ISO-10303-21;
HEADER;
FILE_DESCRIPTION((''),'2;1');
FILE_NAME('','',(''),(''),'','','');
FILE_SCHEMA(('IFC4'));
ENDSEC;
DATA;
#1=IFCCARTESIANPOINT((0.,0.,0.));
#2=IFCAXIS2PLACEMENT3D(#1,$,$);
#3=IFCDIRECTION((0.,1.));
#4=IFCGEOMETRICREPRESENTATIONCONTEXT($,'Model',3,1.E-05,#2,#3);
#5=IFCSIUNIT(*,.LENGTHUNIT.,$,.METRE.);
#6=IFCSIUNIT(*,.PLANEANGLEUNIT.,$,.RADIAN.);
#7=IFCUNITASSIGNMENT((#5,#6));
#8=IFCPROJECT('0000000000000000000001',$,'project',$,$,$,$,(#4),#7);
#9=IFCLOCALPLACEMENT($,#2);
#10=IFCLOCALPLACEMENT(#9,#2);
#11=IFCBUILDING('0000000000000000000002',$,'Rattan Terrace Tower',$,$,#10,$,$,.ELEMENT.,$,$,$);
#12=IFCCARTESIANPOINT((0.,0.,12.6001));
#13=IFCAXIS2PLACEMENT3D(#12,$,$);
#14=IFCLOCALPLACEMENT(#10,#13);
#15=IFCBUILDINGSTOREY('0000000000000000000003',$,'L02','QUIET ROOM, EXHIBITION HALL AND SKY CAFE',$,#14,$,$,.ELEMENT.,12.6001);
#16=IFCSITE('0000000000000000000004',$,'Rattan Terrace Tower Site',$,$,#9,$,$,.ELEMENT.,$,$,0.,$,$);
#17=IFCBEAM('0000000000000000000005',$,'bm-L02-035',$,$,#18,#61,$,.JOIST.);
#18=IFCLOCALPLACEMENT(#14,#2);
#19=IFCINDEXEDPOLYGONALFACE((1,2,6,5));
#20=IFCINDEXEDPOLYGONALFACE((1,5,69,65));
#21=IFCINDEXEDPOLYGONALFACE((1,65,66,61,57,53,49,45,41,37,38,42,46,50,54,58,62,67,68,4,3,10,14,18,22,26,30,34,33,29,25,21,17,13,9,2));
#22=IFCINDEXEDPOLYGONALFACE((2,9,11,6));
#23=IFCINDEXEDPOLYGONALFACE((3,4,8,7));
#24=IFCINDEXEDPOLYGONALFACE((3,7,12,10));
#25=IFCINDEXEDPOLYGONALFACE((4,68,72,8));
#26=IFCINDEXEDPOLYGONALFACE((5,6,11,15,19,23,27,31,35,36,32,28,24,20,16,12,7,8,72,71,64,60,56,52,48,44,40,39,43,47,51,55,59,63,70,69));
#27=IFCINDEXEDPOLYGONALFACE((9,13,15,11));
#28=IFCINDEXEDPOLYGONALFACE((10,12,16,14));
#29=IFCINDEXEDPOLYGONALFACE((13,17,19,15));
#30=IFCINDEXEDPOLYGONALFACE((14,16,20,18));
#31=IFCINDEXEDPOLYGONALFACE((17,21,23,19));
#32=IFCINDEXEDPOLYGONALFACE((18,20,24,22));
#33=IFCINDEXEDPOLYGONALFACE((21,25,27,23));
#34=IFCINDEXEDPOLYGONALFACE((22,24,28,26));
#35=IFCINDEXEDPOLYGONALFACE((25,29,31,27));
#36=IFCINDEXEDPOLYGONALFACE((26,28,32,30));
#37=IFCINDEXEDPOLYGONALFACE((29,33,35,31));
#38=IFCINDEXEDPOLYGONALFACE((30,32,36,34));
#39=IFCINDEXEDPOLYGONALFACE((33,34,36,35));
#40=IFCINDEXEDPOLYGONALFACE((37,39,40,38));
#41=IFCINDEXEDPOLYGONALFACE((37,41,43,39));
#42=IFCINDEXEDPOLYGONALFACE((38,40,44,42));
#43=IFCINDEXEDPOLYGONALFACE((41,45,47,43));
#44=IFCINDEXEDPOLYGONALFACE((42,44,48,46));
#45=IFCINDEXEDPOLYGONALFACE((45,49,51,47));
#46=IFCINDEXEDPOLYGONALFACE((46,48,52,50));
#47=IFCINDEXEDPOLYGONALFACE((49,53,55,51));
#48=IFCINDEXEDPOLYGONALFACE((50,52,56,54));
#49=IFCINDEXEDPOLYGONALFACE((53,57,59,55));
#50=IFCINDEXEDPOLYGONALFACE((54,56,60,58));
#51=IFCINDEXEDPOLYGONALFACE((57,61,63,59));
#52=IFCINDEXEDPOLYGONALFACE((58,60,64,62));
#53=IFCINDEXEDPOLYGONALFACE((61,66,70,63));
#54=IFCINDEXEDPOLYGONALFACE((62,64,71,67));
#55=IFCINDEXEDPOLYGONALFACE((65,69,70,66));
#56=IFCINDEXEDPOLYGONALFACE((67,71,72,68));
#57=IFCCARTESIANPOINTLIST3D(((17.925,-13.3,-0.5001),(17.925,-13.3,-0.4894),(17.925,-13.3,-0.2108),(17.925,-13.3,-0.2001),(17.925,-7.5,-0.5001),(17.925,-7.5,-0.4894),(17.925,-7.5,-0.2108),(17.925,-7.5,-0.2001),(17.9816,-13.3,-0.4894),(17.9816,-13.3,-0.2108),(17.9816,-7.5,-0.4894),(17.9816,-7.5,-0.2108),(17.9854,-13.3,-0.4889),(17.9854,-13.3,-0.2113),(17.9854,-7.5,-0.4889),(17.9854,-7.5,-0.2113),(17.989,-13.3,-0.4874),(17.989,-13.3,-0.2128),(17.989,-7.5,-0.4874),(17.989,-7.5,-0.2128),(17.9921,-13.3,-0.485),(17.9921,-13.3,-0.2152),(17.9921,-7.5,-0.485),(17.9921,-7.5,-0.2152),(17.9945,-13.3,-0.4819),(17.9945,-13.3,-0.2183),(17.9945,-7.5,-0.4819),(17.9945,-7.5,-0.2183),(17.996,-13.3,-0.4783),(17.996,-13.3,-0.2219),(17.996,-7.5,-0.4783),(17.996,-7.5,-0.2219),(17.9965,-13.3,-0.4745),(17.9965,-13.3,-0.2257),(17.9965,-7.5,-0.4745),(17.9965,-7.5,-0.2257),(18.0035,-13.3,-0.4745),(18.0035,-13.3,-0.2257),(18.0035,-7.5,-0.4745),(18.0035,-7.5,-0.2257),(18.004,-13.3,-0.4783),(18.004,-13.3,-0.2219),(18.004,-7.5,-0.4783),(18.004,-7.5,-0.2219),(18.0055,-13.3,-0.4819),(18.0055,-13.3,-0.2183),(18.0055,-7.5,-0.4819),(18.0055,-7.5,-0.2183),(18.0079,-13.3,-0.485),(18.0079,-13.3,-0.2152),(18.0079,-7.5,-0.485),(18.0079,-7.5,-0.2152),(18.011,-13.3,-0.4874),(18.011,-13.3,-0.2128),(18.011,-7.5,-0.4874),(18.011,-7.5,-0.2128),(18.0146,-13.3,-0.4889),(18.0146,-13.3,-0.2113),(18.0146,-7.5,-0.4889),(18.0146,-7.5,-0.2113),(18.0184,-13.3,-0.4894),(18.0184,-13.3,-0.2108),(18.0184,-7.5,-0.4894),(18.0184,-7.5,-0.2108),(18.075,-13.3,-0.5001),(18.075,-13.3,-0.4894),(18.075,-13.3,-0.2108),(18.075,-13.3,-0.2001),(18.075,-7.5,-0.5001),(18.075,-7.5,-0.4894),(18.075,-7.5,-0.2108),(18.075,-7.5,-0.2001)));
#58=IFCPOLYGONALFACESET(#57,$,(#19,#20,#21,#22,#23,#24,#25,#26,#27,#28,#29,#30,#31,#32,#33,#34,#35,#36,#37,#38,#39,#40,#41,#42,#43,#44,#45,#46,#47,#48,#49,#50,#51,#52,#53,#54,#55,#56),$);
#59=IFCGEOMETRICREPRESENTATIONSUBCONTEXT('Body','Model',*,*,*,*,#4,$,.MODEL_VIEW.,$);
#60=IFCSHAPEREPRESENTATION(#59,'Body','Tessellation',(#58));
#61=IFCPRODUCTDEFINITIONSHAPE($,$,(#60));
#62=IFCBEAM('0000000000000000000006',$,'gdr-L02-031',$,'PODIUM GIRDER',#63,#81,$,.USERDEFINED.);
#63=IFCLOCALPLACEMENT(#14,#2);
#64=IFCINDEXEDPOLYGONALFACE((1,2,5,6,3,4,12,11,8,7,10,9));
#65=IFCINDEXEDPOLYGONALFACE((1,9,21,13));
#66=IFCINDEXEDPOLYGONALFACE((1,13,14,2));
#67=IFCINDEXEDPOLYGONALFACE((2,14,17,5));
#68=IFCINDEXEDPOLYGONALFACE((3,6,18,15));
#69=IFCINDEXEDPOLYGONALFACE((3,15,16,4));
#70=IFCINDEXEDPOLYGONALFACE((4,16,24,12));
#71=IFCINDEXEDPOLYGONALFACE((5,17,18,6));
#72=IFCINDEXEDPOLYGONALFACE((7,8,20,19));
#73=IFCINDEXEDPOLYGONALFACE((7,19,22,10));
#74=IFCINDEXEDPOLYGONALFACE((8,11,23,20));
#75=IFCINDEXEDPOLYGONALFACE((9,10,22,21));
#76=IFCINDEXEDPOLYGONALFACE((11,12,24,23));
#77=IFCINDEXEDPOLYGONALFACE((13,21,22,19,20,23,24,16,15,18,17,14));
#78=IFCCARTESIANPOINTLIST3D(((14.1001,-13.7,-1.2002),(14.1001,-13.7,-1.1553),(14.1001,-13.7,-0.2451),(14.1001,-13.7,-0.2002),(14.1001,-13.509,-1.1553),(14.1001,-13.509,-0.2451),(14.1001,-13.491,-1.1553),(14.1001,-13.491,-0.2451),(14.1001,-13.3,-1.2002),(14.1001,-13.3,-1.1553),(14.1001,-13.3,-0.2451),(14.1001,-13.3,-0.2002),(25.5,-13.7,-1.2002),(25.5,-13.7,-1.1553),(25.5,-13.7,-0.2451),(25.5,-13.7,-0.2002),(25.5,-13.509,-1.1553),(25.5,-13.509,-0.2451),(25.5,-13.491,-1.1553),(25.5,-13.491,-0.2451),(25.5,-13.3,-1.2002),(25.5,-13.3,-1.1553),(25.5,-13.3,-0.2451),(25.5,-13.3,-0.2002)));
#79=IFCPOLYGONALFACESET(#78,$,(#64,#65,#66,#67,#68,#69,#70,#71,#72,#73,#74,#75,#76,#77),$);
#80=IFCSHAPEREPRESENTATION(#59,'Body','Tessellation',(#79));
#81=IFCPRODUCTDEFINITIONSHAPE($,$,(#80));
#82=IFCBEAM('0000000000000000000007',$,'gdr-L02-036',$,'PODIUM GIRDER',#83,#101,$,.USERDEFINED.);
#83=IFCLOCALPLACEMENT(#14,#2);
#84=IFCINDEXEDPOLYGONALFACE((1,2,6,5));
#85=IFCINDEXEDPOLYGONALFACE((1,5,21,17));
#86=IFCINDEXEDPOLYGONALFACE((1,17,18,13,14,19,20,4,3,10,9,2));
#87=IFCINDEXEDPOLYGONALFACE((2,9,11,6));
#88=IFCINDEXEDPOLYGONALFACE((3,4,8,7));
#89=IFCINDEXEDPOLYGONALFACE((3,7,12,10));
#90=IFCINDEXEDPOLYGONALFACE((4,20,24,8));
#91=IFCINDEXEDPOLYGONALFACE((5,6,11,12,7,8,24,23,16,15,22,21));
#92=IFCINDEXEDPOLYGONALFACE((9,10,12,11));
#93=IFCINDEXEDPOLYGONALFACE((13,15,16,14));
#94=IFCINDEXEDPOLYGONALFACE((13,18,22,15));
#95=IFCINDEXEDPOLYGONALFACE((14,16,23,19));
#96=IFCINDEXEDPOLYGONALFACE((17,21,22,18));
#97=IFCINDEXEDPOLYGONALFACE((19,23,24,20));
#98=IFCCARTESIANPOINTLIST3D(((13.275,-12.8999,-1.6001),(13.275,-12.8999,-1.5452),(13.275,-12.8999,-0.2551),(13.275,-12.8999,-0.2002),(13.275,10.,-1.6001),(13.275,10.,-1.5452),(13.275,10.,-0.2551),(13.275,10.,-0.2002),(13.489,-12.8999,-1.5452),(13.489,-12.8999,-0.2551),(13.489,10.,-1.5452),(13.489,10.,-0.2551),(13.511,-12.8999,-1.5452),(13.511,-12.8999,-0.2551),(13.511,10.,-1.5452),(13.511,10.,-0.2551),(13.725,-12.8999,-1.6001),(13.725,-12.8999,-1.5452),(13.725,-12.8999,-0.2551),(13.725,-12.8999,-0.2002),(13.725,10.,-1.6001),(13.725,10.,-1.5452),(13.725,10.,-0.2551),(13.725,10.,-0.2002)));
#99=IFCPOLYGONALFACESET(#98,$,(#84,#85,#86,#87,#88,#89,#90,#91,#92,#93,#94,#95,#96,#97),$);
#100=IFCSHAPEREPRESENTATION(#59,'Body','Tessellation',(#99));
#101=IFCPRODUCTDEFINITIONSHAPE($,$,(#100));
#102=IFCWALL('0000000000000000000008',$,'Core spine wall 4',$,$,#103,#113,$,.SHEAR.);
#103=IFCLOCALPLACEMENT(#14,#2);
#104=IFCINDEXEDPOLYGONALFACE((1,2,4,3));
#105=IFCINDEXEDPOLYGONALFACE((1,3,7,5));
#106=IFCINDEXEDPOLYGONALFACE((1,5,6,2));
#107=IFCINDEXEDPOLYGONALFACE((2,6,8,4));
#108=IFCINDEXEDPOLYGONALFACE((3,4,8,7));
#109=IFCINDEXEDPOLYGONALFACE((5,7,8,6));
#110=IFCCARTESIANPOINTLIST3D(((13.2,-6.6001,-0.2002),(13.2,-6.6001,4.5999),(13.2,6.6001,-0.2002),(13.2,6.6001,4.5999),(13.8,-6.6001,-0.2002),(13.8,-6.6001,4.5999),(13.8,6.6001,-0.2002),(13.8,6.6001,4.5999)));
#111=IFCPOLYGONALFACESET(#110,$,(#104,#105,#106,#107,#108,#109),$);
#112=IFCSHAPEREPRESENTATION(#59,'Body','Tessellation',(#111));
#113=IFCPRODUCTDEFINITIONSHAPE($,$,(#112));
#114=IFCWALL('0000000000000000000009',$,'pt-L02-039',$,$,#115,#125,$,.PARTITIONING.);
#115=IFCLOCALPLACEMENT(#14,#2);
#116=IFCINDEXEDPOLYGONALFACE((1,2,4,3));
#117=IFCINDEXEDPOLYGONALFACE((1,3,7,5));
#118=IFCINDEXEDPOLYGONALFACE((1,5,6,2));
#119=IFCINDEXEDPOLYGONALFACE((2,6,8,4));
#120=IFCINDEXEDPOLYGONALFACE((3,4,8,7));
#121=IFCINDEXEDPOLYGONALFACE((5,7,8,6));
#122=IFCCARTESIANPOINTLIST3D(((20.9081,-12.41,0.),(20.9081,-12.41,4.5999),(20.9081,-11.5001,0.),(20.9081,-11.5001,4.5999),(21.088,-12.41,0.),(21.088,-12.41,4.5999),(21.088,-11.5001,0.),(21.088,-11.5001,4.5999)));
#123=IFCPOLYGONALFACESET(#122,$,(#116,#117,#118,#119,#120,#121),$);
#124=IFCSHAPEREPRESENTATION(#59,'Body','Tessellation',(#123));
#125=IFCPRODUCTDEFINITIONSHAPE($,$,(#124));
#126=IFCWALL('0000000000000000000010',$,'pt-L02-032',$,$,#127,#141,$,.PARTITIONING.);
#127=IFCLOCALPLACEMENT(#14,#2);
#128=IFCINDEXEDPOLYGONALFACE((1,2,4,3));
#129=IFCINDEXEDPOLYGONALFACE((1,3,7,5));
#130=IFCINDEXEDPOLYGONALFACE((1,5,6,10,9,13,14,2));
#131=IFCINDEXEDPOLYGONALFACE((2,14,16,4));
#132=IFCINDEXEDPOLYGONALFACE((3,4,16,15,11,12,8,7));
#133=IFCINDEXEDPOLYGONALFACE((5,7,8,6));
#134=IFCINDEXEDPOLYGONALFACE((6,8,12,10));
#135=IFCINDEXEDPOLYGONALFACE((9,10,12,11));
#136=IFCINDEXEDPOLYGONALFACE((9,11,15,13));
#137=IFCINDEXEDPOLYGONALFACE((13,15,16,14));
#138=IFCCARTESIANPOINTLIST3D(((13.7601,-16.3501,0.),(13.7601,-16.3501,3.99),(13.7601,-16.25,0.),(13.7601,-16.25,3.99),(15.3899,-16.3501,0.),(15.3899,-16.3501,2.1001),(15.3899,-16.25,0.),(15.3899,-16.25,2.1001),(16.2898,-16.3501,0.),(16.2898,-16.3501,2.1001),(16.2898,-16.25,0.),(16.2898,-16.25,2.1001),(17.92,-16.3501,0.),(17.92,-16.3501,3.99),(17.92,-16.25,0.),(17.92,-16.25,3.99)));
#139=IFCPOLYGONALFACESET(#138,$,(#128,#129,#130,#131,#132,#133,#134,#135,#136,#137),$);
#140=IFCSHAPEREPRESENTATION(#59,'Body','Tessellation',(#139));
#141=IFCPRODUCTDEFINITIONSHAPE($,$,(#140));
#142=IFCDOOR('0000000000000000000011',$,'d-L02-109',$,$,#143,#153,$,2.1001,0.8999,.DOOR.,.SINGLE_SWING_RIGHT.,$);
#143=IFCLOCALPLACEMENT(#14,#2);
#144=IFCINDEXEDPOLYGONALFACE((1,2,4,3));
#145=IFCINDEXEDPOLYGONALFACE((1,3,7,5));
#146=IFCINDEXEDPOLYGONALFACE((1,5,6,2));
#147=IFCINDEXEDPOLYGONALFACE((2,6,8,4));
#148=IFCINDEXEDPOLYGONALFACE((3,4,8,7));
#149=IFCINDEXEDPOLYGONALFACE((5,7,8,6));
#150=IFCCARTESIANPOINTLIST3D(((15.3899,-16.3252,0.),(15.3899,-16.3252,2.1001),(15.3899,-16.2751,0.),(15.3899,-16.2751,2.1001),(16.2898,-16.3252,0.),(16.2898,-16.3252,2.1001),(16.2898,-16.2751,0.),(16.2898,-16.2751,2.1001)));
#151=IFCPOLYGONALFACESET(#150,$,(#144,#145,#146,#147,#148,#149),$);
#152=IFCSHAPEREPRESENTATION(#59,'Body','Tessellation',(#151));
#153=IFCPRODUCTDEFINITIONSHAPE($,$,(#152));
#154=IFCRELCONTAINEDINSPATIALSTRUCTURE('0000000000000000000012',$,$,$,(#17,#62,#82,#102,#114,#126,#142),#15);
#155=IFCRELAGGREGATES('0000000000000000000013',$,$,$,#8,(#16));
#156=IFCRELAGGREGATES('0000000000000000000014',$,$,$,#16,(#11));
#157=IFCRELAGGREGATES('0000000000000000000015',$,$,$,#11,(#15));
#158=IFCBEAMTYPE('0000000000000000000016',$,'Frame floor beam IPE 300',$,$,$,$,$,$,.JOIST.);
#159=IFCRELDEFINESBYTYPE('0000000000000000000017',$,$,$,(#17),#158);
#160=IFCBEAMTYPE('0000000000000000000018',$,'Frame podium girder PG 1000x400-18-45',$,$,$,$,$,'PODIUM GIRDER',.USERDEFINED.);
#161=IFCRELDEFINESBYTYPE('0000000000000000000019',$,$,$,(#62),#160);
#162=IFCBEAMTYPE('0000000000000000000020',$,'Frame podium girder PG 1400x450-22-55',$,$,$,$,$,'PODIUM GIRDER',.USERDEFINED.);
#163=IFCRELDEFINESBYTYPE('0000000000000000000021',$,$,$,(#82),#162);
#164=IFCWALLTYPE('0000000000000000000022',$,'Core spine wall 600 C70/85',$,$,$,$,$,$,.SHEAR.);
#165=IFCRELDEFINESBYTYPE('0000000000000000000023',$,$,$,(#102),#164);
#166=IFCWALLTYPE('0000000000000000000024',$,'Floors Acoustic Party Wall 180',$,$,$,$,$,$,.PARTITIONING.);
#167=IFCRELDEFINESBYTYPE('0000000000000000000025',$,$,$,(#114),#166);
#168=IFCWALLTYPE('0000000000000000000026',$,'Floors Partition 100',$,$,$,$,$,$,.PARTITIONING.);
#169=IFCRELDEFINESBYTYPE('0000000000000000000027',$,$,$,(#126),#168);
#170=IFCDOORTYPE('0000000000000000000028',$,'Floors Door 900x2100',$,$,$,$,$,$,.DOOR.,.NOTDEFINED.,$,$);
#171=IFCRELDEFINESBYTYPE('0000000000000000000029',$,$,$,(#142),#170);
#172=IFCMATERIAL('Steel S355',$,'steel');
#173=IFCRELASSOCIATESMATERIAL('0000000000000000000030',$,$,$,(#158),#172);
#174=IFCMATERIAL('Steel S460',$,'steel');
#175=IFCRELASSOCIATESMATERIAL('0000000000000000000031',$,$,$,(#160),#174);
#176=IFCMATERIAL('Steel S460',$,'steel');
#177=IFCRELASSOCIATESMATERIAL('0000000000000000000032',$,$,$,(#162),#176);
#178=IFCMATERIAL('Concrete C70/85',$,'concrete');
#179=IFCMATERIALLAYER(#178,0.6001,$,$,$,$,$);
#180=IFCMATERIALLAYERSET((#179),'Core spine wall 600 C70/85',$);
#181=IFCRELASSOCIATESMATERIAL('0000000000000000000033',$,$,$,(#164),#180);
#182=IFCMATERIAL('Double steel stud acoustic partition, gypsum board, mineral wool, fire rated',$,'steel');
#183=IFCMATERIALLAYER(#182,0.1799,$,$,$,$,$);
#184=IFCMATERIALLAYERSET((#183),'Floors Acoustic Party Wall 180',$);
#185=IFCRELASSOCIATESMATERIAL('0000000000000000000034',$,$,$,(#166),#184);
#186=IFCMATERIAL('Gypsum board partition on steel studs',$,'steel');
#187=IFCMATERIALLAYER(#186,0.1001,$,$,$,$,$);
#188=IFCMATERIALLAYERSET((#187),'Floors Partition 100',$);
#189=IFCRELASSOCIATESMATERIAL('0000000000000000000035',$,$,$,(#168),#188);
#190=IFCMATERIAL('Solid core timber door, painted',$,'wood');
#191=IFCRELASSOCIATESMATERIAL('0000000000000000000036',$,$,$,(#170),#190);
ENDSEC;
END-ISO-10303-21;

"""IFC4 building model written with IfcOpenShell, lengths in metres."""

from ifc_helpers import new_model, si_unit, direction, frame, frame_2d, origin, origin_2d, place, context, subcontext, project, spatial, rectangle, i_section, extrude, material, layer, layer_set, material_profile, profile_set, type_object, element, fill, save


model = new_model("IFC4")

# Units and contexts
model_context = context("Model", 3, precision=1e-05, world=origin(), true_north=direction((0.0, 1.0)))
body_context = subcontext(model_context, "Body", "Model", "MODEL_VIEW")
ifc_project = project(units=[si_unit("LENGTHUNIT", "METRE"), si_unit("PLANEANGLEUNIT", "RADIAN")], contexts=[model_context])

# Site, building, storey
site_placement = place(None, origin())
site = spatial("IfcSite", under=ifc_project, at=site_placement, Name="Rattan Terrace Tower Site", CompositionType="ELEMENT", RefElevation=0.0)
building_placement = place(site_placement, origin())
building = spatial("IfcBuilding", under=site, at=building_placement, Name="Rattan Terrace Tower", CompositionType="ELEMENT")
storey_placement = place(building_placement, frame((0.0, 0.0, 12.6001)))
storey = spatial("IfcBuildingStorey", under=building, at=storey_placement, Name="L02", Description="QUIET ROOM, EXHIBITION HALL AND SKY CAFE", CompositionType="ELEMENT", Elevation=12.6001)

# Beams
ifc_material_1 = material(Name="Steel S355", Category="steel")
ifc_material_profile_1 = material_profile(ifc_material_1, i_section(OverallWidth=0.1499, OverallDepth=0.3, WebThickness=0.0071, FlangeThickness=0.0107, FilletRadius=0.0149, at=origin_2d()), Name="IPE 300")
ifc_profile_set_1 = profile_set([ifc_material_profile_1], Name="Steel S355")
beam_type_1 = type_object("IfcBeamType", Name="Frame floor beam IPE 300", PredefinedType="JOIST", material=ifc_profile_set_1)
beam_1_placement = place(storey_placement, frame((18.0, -13.3, -0.3501), z_axis=(0.0, 1.0, 0.0), x_axis=(-1.0, 0.0, 0.0)))
element("IfcBeam", 1, at=beam_1_placement, inside=storey, type_object=beam_type_1, Name="bm-L02-035", PredefinedType="JOIST", context=body_context, shape_type="SweptSolid", body=[
    extrude(i_section(OverallWidth=0.1499, OverallDepth=0.3, WebThickness=0.0071, FlangeThickness=0.0107, FilletRadius=0.0149, at=origin_2d()), origin(), (0.0, 0.0, 1.0), 5.8),
])
ifc_material_2 = material(Name="Steel S460", Category="steel")
ifc_material_profile_2 = material_profile(ifc_material_2, i_section(OverallWidth=0.3999, OverallDepth=1.0, WebThickness=0.0181, FlangeThickness=0.0449, at=origin_2d()), Name="PG 1000x400-18-45")
ifc_profile_set_2 = profile_set([ifc_material_profile_2], Name="Steel S460")
beam_type_2 = type_object("IfcBeamType", Name="Frame podium girder PG 1000x400-18-45", ElementType="PODIUM GIRDER", PredefinedType="USERDEFINED", material=ifc_profile_set_2)
beam_2_placement = place(storey_placement, frame((14.1001, -13.5, -0.7002), z_axis=(1.0, 0.0, 0.0), x_axis=(0.0, 1.0, 0.0)))
element("IfcBeam", 2, at=beam_2_placement, inside=storey, type_object=beam_type_2, Name="gdr-L02-031", ObjectType="PODIUM GIRDER", PredefinedType="USERDEFINED", context=body_context, shape_type="SweptSolid", body=[
    extrude(i_section(OverallWidth=0.3999, OverallDepth=1.0, WebThickness=0.0181, FlangeThickness=0.0449, at=origin_2d()), origin(), (0.0, 0.0, 1.0), 11.3999),
])
ifc_material_3 = material(Name="Steel S460", Category="steel")
ifc_material_profile_3 = material_profile(ifc_material_3, i_section(OverallWidth=0.45, OverallDepth=1.3999, WebThickness=0.022, FlangeThickness=0.0549, at=origin_2d()), Name="PG 1400x450-22-55")
ifc_profile_set_3 = profile_set([ifc_material_profile_3], Name="Steel S460")
beam_type_3 = type_object("IfcBeamType", Name="Frame podium girder PG 1400x450-22-55", ElementType="PODIUM GIRDER", PredefinedType="USERDEFINED", material=ifc_profile_set_3)
beam_3_placement = place(storey_placement, frame((13.5, -12.8999, -0.9001), z_axis=(0.0, 1.0, 0.0), x_axis=(-1.0, 0.0, 0.0)))
element("IfcBeam", 3, at=beam_3_placement, inside=storey, type_object=beam_type_3, Name="gdr-L02-036", ObjectType="PODIUM GIRDER", PredefinedType="USERDEFINED", context=body_context, shape_type="SweptSolid", body=[
    extrude(i_section(OverallWidth=0.45, OverallDepth=1.3999, WebThickness=0.022, FlangeThickness=0.0549, at=origin_2d()), origin(), (0.0, 0.0, 1.0), 22.8999),
])

# Walls
ifc_material_4 = material(Name="Concrete C70/85", Category="concrete")
ifc_layer_1 = layer(ifc_material_4, 0.6001)
ifc_layer_set_1 = layer_set([ifc_layer_1], Name="Core spine wall 600 C70/85")
wall_type_1 = type_object("IfcWallType", Name="Core spine wall 600 C70/85", PredefinedType="SHEAR", material=ifc_layer_set_1)
wall_1_placement = place(storey_placement, frame((13.5, -6.6001, -0.2002), z_axis=(0.0, 0.0, 1.0), x_axis=(0.0, 1.0, 0.0)))
element("IfcWall", 4, at=wall_1_placement, inside=storey, type_object=wall_type_1, Name="Core spine wall 4", PredefinedType="SHEAR", context=body_context, shape_type="SweptSolid", body=[
    extrude(rectangle(XDim=13.2002, YDim=0.6001, at=frame_2d((6.6001, 0.0))), origin(), (0.0, 0.0, 1.0), 4.8),
])
ifc_material_5 = material(Name="Double steel stud acoustic partition, gypsum board, mineral wool, fire rated", Category="steel")
ifc_layer_2 = layer(ifc_material_5, 0.1799)
ifc_layer_set_2 = layer_set([ifc_layer_2], Name="Floors Acoustic Party Wall 180")
wall_type_2 = type_object("IfcWallType", Name="Floors Acoustic Party Wall 180", PredefinedType="PARTITIONING", material=ifc_layer_set_2)
wall_2_placement = place(storey_placement, frame((20.998, -11.5, 0.0), z_axis=(0.0, 0.0, 1.0), x_axis=(0.0, -1.0, 0.0)))
element("IfcWall", 5, at=wall_2_placement, inside=storey, type_object=wall_type_2, Name="pt-L02-039", PredefinedType="PARTITIONING", context=body_context, shape_type="SweptSolid", body=[
    extrude(rectangle(XDim=0.9099, YDim=0.1799, at=frame_2d((0.4551, 0.0))), origin(), (0.0, 0.0, 1.0), 4.5999),
])

# Wall, opening, door
ifc_material_6 = material(Name="Gypsum board partition on steel studs", Category="steel")
ifc_layer_3 = layer(ifc_material_6, 0.1001)
ifc_layer_set_3 = layer_set([ifc_layer_3], Name="Floors Partition 100")
wall_type_3 = type_object("IfcWallType", Name="Floors Partition 100", PredefinedType="PARTITIONING", material=ifc_layer_set_3)
wall_3_placement = place(storey_placement, frame((13.76, -16.3, 0.0), z_axis=(0.0, 0.0, 1.0), x_axis=(1.0, 0.0, 0.0)))
wall_3 = element("IfcWall", 6, at=wall_3_placement, inside=storey, type_object=wall_type_3, Name="pt-L02-032", PredefinedType="PARTITIONING", context=body_context, shape_type="SweptSolid", body=[
    extrude(rectangle(XDim=4.1599, YDim=0.1001, at=frame_2d((2.0801, 0.0))), origin(), (0.0, 0.0, 1.0), 3.99),
])
opening_1_placement = place(wall_3_placement, frame((1.6299, 0.0, 0.0)))
opening_1 = element("IfcOpeningElement", 7, at=opening_1_placement, cuts=wall_3, PredefinedType="OPENING", context=body_context, shape_type="SweptSolid", body=[
    extrude(rectangle(XDim=0.8999, YDim=2.1001, at=frame_2d((0.45, 1.05))), frame((0.0, 0.0605, 0.0), z_axis=(0.0, -1.0, 0.0), x_axis=(1.0, 0.0, 0.0)), (0.0, 0.0, 1.0), 0.1211),
])
ifc_material_7 = material(Name="Solid core timber door, painted", Category="wood")
door_type_1 = type_object("IfcDoorType", Name="Floors Door 900x2100", OperationType="NOTDEFINED", PredefinedType="DOOR", material=ifc_material_7)
door_1_placement = place(opening_1_placement, origin())
door_1 = element("IfcDoor", 8, at=door_1_placement, inside=storey, type_object=door_type_1, Name="d-L02-109", OperationType="SINGLE_SWING_RIGHT", OverallHeight=2.1001, OverallWidth=0.8999, PredefinedType="DOOR", context=body_context, shape_type="SweptSolid", body=[
    extrude(rectangle(XDim=0.8999, YDim=2.1001, at=frame_2d((0.45, 1.05))), frame((0.0, 0.0249, 0.0), z_axis=(0.0, -1.0, 0.0), x_axis=(1.0, 0.0, 0.0)), (0.0, 0.0, 1.0), 0.05),
])
fill(opening_1, door_1)

save(model, "model.ifc")
